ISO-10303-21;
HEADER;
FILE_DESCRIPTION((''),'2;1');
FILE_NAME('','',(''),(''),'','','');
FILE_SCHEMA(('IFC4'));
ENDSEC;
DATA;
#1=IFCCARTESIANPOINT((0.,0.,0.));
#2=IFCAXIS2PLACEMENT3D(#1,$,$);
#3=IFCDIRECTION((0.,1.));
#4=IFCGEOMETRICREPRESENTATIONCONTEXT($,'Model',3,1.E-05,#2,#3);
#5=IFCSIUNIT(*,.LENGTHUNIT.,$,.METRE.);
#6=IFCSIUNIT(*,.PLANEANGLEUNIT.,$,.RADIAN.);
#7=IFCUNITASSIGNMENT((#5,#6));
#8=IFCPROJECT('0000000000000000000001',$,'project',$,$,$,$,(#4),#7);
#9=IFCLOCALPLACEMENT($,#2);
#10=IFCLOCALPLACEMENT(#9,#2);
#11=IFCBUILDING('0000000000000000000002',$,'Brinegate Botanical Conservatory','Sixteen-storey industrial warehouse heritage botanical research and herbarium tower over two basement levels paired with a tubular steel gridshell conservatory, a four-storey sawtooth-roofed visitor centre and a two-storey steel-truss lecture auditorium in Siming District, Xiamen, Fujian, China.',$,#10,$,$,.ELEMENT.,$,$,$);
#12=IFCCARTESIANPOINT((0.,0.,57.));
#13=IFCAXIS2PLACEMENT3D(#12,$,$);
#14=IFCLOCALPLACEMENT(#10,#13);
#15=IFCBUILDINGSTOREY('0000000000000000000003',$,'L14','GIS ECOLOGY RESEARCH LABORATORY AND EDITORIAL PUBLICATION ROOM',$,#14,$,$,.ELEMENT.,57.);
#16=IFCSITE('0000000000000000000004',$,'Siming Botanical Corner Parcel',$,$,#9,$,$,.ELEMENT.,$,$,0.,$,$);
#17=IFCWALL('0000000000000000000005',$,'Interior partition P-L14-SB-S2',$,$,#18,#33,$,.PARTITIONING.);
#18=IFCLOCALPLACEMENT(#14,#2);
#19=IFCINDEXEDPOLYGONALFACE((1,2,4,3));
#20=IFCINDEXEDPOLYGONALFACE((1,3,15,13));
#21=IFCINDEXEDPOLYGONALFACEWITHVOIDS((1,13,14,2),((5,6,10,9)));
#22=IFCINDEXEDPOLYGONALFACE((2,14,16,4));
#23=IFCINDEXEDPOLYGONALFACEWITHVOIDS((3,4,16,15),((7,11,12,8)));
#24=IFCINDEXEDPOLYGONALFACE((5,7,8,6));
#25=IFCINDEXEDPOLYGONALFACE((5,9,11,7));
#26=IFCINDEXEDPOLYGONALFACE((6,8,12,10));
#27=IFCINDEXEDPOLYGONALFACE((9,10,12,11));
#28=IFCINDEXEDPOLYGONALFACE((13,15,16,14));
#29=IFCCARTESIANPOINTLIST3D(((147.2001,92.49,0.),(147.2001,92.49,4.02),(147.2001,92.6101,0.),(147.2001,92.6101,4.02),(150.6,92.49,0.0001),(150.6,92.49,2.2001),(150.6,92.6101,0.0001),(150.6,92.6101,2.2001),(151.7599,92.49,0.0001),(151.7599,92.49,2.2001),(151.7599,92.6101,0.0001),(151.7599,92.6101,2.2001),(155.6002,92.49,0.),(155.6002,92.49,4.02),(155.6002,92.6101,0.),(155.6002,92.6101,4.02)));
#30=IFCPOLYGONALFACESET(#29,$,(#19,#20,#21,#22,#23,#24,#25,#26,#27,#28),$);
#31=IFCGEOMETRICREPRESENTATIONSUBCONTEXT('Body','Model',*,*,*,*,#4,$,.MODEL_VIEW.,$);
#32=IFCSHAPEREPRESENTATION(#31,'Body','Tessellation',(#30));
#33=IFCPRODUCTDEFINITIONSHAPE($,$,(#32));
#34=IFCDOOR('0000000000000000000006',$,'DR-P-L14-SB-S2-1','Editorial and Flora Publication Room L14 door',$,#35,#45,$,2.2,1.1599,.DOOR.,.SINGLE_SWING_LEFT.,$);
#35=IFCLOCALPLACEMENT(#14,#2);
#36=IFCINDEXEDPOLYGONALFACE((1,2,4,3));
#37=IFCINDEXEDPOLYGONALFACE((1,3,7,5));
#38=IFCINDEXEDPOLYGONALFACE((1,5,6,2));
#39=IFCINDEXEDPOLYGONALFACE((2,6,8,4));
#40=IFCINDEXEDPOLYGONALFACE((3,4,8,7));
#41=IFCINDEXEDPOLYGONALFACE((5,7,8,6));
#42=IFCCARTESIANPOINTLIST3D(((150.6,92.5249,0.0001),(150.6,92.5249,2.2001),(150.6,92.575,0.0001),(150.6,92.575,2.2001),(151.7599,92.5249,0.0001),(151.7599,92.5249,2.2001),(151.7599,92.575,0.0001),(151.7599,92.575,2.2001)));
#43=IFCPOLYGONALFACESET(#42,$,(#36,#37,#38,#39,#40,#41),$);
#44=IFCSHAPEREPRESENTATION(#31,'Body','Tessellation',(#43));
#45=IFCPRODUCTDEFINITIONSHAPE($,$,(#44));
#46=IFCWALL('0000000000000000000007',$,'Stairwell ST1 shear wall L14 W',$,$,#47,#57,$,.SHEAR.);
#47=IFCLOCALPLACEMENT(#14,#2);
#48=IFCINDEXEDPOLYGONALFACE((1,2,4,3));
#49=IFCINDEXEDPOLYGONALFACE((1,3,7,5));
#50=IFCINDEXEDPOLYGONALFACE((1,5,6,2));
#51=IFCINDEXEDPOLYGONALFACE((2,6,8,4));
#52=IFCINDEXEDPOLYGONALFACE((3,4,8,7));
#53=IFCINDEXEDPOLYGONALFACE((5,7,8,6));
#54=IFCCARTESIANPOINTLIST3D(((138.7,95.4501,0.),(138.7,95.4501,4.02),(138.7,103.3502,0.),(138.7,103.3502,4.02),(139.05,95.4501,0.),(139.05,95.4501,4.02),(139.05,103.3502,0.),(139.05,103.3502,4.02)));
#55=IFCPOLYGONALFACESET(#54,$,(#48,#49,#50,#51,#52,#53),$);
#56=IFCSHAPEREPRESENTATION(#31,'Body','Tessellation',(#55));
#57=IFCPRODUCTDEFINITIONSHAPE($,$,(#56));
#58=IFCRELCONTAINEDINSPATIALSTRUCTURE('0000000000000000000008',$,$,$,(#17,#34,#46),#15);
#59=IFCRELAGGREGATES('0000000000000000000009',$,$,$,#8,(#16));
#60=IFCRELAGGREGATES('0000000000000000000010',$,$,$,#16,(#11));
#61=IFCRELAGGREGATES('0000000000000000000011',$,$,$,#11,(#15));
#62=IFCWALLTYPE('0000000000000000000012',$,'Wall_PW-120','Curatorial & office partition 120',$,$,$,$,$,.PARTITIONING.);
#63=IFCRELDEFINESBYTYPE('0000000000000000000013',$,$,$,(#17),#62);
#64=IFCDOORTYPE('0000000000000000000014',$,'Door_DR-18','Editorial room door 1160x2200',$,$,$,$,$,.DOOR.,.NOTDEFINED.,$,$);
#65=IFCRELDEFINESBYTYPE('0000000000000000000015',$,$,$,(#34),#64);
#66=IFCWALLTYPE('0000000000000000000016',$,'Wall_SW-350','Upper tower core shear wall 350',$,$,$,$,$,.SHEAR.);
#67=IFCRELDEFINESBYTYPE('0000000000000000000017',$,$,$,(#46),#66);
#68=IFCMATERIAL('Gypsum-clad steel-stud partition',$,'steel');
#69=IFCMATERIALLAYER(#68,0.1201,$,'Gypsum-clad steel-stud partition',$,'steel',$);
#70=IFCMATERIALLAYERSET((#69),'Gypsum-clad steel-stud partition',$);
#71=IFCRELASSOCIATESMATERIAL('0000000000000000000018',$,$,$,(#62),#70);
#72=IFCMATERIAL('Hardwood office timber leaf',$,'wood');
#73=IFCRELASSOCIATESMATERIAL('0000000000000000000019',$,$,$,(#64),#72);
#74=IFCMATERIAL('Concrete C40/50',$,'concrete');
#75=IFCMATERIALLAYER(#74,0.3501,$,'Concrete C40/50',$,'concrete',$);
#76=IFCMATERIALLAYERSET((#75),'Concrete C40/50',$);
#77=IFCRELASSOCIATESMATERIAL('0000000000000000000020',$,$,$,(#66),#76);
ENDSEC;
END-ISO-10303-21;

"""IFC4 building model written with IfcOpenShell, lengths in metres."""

from ifc_helpers import new_model, si_unit, direction, frame, frame_2d, origin, place, context, subcontext, project, spatial, rectangle, extrude, material, layer, layer_set, type_object, element, fill, save


model = new_model("IFC4")

# Units and contexts
model_context = context("Model", 3, precision=1e-05, world=origin(), true_north=direction((0.0, 1.0)))
body_context = subcontext(model_context, "Body", "Model", "MODEL_VIEW")
ifc_project = project(units=[si_unit("LENGTHUNIT", "METRE"), si_unit("PLANEANGLEUNIT", "RADIAN")], contexts=[model_context])

# Site, building, storey
site_placement = place(None, origin())
site = spatial("IfcSite", under=ifc_project, at=site_placement, Name="Siming Botanical Corner Parcel", CompositionType="ELEMENT", RefElevation=0.0)
building_placement = place(site_placement, origin())
building = spatial("IfcBuilding", under=site, at=building_placement, Name="Brinegate Botanical Conservatory", Description="Sixteen-storey industrial warehouse heritage botanical research and herbarium tower over two basement levels paired with a tubular steel gridshell conservatory, a four-storey sawtooth-roofed visitor centre and a two-storey steel-truss lecture auditorium in Siming District, Xiamen, Fujian, China.", CompositionType="ELEMENT")
storey_placement = place(building_placement, frame((0.0, 0.0, 57.0)))
storey = spatial("IfcBuildingStorey", under=building, at=storey_placement, Name="L14", Description="GIS ECOLOGY RESEARCH LABORATORY AND EDITORIAL PUBLICATION ROOM", CompositionType="ELEMENT", Elevation=57.0)

# Shared definitions
ifc_material_1 = material(Name="Concrete C40/50", Category="concrete")

# Wall, opening, door
ifc_material_2 = material(Name="Gypsum-clad steel-stud partition", Category="steel")
ifc_layer_1 = layer(ifc_material_2, 0.1201, Name="Gypsum-clad steel-stud partition", Category="steel")
ifc_layer_set_1 = layer_set([ifc_layer_1], Name="Gypsum-clad steel-stud partition")
wall_type_1 = type_object("IfcWallType", Name="Wall_PW-120", Description="Curatorial & office partition 120", PredefinedType="PARTITIONING", material=ifc_layer_set_1)
ifc_material_3 = material(Name="Hardwood office timber leaf", Category="wood")
door_type_1 = type_object("IfcDoorType", Name="Door_DR-18", Description="Editorial room door 1160x2200", OperationType="NOTDEFINED", PredefinedType="DOOR", material=ifc_material_3)
wall_1_placement = place(storey_placement, frame((147.2, 92.55, 0.0), z_axis=(0.0, 0.0, 1.0), x_axis=(1.0, 0.0, 0.0)))
wall_1 = element("IfcWall", 1, at=wall_1_placement, inside=storey, type_object=wall_type_1, Name="Interior partition P-L14-SB-S2", PredefinedType="PARTITIONING", context=body_context, shape_type="SweptSolid", body=[
    extrude(rectangle(XDim=8.4001, YDim=0.1201, at=frame_2d((4.2002, 0.0))), origin(), (0.0, 0.0, 1.0), 4.02),
])
opening_1_placement = place(wall_1_placement, frame((3.3999, 0.0, 0.0)))
opening_1 = element("IfcOpeningElement", 2, at=opening_1_placement, cuts=wall_1, PredefinedType="OPENING", context=body_context, shape_type="SweptSolid", body=[
    extrude(rectangle(XDim=1.1599, YDim=2.2, at=frame_2d((0.5801, 1.1001))), frame((0.0, 0.0701, 0.0), z_axis=(0.0, -1.0, 0.0), x_axis=(1.0, 0.0, 0.0)), (0.0, 0.0, 1.0), 0.1401),
])
door_1_placement = place(opening_1_placement, origin())
door_1 = element("IfcDoor", 3, at=door_1_placement, inside=storey, type_object=door_type_1, Name="DR-P-L14-SB-S2-1", Description="Editorial and Flora Publication Room L14 door", OperationType="SINGLE_SWING_LEFT", OverallHeight=2.2, OverallWidth=1.1599, PredefinedType="DOOR", context=body_context, shape_type="SweptSolid", body=[
    extrude(rectangle(XDim=1.1599, YDim=2.2, at=frame_2d((0.5801, 1.1001))), frame((0.0, 0.0249, 0.0), z_axis=(0.0, -1.0, 0.0), x_axis=(1.0, 0.0, 0.0)), (0.0, 0.0, 1.0), 0.05),
])
fill(opening_1, door_1)

# Wall
ifc_layer_2 = layer(ifc_material_1, 0.3501, Name="Concrete C40/50", Category="concrete")
ifc_layer_set_2 = layer_set([ifc_layer_2], Name="Concrete C40/50")
wall_type_2 = type_object("IfcWallType", Name="Wall_SW-350", Description="Upper tower core shear wall 350", PredefinedType="SHEAR", material=ifc_layer_set_2)
wall_2_placement = place(storey_placement, frame((138.875, 95.45, 0.0), z_axis=(0.0, 0.0, 1.0), x_axis=(0.0, 1.0, 0.0)))
element("IfcWall", 4, at=wall_2_placement, inside=storey, type_object=wall_type_2, Name="Stairwell ST1 shear wall L14 W", PredefinedType="SHEAR", context=body_context, shape_type="SweptSolid", body=[
    extrude(rectangle(XDim=7.9001, YDim=0.3501, at=frame_2d((3.9502, 0.0))), origin(), (0.0, 0.0, 1.0), 4.02),
])

save(model, "model.ifc")
